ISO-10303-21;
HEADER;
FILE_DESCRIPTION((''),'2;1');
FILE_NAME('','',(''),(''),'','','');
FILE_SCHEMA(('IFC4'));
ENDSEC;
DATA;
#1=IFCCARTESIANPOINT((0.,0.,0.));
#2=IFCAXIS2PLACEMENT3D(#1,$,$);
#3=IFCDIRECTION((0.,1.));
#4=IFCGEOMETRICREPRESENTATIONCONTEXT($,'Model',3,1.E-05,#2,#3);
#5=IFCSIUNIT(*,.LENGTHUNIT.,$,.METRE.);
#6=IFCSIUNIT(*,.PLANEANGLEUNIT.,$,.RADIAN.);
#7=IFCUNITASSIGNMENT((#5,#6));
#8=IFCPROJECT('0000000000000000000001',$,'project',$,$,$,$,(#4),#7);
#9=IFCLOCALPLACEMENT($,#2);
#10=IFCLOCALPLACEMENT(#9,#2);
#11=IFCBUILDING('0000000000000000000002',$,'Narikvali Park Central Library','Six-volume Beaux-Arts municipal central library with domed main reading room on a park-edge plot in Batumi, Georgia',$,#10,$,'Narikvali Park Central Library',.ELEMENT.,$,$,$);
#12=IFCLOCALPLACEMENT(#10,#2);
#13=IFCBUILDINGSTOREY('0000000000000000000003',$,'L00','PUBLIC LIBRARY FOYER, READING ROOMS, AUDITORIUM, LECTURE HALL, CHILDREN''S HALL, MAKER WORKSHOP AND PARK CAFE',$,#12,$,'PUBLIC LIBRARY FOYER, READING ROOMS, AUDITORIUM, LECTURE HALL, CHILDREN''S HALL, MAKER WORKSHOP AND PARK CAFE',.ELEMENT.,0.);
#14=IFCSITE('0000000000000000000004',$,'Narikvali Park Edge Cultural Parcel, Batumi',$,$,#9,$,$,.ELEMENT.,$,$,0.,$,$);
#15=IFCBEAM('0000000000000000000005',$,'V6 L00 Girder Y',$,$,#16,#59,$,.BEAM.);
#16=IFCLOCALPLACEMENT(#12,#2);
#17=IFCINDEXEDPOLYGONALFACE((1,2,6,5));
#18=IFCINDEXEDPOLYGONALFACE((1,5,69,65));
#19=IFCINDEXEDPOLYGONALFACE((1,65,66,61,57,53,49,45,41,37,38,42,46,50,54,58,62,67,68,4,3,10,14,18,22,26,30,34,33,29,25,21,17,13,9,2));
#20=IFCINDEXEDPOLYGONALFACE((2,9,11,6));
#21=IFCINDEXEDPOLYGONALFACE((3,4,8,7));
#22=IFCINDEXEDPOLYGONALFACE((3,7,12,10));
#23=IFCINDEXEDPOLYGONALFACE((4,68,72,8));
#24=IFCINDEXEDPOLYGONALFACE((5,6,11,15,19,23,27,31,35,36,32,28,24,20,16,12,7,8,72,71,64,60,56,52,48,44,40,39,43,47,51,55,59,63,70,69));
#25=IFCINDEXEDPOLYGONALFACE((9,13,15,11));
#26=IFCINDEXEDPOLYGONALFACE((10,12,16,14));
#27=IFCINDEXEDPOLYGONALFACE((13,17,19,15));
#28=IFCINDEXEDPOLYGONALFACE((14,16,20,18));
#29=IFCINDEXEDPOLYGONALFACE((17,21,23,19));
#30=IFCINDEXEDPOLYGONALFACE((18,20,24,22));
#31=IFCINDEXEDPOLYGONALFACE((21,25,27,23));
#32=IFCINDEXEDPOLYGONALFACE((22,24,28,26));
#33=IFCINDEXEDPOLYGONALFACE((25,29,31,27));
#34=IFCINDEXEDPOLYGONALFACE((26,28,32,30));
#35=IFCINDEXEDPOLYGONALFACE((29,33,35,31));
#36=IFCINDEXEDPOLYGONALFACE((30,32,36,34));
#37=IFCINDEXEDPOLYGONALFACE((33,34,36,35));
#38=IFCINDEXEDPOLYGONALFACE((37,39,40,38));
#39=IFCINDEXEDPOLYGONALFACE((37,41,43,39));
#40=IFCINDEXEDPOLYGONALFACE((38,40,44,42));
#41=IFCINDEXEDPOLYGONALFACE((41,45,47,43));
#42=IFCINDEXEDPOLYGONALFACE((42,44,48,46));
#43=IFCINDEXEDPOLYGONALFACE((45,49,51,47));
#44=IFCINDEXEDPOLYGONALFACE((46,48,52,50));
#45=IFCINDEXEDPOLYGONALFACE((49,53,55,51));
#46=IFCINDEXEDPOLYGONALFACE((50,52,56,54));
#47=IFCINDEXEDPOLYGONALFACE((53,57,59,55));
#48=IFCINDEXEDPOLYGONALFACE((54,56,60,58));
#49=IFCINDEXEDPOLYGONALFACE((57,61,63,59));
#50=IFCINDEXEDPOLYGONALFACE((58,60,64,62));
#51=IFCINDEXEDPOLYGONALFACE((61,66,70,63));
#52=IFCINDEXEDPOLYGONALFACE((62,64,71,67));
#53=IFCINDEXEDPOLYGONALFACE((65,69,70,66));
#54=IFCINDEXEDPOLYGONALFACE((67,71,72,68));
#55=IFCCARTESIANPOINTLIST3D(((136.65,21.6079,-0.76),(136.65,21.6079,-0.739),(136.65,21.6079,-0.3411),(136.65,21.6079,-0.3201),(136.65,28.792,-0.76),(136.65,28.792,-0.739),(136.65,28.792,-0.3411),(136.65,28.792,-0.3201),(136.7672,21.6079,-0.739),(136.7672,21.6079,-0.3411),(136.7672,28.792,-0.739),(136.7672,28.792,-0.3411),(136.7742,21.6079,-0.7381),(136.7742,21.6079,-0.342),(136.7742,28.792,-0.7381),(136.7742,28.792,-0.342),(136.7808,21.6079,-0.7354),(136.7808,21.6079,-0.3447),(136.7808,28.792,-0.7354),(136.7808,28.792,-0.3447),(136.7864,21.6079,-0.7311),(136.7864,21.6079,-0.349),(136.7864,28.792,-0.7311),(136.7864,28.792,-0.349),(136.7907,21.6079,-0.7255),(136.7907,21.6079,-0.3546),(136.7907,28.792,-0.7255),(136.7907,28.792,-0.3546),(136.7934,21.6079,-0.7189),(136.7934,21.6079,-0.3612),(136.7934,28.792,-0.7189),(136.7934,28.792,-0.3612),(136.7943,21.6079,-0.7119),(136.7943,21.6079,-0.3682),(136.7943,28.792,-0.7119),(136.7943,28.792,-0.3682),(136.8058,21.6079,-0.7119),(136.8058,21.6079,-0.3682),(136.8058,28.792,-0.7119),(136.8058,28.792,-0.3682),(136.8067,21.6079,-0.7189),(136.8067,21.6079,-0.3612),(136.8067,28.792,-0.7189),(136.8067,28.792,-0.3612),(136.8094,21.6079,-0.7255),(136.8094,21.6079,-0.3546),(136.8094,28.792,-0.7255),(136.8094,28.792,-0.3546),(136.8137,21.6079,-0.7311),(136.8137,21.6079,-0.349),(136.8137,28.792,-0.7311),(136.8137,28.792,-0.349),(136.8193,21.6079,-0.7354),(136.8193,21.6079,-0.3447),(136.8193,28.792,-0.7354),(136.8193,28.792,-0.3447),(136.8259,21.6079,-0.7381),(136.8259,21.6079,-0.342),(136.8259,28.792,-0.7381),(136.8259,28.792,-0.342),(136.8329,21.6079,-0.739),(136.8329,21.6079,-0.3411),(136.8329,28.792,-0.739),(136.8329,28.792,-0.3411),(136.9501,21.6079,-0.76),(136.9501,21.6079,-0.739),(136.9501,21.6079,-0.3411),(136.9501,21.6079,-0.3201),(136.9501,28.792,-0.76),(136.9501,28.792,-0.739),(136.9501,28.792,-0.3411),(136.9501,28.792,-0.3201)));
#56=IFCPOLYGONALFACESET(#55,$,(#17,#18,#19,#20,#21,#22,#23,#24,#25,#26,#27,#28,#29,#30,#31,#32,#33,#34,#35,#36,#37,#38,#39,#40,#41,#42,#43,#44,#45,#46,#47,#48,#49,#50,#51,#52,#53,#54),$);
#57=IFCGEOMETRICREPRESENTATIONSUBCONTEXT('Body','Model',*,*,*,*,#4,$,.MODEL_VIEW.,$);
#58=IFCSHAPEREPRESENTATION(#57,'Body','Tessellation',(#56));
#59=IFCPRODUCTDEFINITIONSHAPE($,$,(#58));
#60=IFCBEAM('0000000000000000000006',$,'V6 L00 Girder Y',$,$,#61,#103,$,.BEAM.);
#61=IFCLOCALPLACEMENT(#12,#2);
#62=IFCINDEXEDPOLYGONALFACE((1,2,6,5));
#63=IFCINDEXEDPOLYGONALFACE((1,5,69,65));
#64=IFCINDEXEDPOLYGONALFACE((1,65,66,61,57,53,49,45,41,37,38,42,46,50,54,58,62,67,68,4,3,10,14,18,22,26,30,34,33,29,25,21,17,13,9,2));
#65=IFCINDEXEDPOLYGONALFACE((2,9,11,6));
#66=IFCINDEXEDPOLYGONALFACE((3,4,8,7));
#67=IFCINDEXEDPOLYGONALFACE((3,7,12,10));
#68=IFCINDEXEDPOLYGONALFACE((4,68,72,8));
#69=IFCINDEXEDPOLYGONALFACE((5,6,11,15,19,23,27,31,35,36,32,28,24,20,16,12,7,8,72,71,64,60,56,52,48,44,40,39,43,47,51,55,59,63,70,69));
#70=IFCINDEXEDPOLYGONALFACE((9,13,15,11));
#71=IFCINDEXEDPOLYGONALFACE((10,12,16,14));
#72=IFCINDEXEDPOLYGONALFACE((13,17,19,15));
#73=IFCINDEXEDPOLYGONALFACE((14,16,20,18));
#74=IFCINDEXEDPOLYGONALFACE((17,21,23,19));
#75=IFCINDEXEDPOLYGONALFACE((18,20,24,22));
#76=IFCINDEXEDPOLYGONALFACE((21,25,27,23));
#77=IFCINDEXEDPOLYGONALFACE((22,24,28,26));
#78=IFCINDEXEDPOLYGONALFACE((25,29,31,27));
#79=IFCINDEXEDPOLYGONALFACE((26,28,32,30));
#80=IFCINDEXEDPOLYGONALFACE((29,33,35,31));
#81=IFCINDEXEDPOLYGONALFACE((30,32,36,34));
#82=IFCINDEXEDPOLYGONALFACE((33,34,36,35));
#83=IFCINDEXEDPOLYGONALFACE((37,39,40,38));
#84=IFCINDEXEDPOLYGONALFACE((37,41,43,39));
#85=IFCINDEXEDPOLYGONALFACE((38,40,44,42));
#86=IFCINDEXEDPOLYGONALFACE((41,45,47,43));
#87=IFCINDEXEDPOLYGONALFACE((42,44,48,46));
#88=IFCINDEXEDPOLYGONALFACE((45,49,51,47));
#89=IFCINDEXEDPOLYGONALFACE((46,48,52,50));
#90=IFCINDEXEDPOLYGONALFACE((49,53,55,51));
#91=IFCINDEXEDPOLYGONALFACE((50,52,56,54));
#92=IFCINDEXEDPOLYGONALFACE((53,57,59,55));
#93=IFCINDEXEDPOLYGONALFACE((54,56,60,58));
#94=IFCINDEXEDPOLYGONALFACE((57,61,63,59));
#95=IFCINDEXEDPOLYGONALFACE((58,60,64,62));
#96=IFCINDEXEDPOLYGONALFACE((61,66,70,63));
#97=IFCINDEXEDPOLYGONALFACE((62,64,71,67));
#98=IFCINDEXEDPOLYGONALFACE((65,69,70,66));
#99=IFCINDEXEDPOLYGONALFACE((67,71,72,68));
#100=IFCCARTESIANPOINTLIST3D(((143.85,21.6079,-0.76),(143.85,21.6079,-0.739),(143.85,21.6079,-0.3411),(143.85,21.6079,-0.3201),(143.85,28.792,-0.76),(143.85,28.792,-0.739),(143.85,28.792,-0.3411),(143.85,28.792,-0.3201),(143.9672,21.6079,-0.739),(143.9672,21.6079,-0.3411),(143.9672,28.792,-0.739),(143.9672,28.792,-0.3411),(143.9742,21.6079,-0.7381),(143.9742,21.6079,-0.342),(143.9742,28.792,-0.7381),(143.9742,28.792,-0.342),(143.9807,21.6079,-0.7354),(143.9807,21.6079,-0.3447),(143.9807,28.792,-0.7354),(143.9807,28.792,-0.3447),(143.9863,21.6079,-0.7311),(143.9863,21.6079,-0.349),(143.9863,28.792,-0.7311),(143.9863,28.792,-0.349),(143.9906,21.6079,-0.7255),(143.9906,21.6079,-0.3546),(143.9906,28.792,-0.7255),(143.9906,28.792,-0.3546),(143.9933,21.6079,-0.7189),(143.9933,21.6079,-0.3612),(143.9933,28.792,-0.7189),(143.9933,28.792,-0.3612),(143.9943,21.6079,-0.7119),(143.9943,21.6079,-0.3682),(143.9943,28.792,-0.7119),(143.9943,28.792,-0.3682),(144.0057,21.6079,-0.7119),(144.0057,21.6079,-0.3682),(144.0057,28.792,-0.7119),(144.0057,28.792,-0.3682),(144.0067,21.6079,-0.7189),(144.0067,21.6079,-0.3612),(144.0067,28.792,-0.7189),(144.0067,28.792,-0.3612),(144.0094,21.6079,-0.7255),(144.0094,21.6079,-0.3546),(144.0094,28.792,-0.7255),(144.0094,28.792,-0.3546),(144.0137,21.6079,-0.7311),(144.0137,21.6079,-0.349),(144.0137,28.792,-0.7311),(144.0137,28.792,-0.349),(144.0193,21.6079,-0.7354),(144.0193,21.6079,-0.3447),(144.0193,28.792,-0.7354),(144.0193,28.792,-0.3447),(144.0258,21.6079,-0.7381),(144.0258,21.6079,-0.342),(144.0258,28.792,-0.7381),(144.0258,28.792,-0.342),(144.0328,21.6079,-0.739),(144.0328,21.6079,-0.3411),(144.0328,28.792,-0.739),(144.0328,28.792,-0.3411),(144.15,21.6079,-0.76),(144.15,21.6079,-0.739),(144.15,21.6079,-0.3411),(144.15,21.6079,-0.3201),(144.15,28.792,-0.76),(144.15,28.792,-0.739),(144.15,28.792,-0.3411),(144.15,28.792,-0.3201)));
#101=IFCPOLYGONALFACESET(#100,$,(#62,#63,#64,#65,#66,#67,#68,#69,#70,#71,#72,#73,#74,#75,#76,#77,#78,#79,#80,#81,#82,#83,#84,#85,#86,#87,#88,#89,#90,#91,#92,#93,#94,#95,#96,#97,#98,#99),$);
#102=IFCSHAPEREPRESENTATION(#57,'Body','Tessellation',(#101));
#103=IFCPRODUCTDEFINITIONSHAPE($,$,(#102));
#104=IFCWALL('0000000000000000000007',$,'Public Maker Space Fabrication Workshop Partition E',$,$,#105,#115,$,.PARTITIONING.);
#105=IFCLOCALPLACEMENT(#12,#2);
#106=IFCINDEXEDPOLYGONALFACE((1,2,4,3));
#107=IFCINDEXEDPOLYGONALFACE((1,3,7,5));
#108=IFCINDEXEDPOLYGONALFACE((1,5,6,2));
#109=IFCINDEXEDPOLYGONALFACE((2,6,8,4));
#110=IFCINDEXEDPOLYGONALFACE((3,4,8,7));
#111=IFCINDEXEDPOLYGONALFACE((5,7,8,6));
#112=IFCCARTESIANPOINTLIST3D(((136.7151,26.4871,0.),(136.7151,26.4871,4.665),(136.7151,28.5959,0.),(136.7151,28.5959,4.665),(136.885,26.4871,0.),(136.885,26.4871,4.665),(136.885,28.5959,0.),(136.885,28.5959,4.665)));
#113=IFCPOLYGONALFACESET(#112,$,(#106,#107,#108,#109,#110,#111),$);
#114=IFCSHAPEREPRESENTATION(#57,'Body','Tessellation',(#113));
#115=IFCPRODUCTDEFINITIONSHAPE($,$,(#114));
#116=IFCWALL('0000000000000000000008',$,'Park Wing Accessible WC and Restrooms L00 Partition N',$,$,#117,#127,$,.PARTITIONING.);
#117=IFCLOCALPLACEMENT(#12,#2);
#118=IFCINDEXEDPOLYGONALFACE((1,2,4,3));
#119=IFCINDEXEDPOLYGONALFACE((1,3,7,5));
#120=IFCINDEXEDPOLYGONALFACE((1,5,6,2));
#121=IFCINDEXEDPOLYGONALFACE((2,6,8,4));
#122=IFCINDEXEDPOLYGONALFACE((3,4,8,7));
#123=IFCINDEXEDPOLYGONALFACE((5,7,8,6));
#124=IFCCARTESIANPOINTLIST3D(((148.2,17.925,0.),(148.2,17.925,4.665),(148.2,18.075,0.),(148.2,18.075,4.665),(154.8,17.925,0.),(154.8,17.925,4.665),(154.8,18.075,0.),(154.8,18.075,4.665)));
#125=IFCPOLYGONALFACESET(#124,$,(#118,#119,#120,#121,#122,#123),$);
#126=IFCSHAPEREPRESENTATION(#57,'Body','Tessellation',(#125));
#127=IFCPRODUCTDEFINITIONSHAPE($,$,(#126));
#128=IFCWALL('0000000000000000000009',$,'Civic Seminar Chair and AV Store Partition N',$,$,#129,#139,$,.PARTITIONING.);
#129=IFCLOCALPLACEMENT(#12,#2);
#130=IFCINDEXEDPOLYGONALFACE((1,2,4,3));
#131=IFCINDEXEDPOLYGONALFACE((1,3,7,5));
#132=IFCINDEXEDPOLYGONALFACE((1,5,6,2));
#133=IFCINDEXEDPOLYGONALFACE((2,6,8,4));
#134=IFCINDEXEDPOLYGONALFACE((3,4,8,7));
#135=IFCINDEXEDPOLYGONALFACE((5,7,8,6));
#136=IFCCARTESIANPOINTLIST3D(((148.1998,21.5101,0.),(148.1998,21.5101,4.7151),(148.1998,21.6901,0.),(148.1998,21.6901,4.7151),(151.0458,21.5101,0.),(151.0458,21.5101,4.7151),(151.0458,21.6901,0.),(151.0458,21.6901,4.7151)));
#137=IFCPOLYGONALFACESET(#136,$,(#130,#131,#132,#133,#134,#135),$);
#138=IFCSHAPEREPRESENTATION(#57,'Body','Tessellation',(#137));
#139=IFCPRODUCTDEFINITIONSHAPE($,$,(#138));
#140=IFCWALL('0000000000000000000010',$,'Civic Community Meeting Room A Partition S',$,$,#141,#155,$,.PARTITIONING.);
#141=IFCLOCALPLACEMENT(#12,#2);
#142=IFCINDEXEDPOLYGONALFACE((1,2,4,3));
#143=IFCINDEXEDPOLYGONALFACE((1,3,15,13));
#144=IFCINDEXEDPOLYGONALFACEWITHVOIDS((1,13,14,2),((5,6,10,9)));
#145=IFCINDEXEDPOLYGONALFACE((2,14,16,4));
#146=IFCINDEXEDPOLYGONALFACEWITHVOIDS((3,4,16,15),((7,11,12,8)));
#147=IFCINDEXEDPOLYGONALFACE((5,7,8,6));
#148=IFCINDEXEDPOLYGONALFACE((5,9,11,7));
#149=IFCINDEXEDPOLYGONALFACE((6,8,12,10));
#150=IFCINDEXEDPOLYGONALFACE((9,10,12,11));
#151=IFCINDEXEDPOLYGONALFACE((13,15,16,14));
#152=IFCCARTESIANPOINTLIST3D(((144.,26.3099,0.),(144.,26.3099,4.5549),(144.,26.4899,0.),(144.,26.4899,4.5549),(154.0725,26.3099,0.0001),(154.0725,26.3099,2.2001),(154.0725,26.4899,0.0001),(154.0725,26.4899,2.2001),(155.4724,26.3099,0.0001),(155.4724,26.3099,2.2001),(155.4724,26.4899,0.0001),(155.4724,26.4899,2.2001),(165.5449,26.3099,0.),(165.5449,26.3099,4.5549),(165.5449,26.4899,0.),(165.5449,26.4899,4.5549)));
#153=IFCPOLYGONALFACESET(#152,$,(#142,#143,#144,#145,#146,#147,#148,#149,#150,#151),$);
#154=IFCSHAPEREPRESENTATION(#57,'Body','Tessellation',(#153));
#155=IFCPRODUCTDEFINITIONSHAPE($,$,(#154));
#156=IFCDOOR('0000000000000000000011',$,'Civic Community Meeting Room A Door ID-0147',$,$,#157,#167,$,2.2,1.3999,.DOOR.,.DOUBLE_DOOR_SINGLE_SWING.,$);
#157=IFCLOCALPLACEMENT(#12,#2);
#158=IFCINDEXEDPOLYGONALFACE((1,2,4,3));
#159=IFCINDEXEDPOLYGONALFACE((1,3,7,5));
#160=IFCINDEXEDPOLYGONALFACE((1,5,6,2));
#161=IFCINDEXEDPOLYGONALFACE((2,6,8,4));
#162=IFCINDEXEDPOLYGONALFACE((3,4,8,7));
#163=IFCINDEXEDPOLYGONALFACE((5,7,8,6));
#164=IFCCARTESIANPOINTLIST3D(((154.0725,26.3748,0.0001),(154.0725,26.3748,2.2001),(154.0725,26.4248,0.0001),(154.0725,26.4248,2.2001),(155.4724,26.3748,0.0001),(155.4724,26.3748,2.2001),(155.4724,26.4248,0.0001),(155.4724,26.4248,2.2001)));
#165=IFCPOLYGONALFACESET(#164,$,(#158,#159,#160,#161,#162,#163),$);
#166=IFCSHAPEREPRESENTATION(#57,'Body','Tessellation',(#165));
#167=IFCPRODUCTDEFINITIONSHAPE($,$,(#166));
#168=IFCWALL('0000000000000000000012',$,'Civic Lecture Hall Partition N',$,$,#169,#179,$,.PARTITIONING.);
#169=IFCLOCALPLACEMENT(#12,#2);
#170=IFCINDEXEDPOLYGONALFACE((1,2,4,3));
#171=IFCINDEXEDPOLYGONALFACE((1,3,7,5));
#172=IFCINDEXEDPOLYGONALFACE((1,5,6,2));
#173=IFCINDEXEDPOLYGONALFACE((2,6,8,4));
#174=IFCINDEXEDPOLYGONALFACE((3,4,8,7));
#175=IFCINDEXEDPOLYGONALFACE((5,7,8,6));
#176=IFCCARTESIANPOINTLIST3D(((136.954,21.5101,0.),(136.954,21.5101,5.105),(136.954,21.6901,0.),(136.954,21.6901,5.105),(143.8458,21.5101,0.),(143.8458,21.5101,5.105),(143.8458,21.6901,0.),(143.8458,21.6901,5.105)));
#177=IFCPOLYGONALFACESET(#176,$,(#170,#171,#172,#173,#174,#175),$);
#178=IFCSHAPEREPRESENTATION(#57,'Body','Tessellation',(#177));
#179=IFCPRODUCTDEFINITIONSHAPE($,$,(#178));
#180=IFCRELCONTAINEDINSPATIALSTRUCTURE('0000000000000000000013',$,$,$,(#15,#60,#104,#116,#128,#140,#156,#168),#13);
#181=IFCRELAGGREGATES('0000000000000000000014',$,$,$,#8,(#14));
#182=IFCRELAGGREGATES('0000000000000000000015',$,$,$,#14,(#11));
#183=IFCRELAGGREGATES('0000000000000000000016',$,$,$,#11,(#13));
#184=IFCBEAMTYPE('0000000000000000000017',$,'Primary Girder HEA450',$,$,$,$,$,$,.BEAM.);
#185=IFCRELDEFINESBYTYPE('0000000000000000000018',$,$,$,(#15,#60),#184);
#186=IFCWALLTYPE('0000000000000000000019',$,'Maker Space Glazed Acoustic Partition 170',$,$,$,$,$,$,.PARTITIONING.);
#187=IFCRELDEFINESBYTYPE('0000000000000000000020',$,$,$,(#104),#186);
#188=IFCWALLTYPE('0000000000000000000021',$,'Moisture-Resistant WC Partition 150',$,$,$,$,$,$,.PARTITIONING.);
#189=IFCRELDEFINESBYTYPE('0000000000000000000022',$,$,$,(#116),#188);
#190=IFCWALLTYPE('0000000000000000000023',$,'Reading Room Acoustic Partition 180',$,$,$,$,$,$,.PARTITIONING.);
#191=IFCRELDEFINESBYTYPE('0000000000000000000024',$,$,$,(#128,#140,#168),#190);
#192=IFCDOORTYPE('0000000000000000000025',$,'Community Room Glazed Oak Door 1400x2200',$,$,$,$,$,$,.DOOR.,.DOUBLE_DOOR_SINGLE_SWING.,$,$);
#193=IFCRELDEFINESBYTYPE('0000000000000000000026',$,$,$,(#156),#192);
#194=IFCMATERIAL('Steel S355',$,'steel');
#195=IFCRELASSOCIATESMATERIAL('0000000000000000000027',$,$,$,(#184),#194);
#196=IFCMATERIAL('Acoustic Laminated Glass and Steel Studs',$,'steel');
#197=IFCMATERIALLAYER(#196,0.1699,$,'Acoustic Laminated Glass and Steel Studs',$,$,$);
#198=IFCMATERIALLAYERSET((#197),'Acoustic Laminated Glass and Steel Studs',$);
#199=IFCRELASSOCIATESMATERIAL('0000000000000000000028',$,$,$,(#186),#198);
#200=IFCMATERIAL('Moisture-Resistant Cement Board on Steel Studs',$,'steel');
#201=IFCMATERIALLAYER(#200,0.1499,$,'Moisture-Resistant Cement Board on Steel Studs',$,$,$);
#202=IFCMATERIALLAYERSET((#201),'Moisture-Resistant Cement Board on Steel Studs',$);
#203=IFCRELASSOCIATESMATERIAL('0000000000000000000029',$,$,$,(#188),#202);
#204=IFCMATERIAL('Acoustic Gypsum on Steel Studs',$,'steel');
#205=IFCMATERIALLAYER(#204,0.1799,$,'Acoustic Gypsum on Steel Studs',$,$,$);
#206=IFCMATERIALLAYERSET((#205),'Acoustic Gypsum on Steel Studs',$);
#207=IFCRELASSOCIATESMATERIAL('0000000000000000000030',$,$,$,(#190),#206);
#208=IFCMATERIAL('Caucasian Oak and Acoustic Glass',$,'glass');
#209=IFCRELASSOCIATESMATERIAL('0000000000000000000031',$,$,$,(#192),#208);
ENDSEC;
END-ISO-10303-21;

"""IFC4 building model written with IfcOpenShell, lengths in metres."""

from ifc_helpers import new_model, si_unit, direction, frame, frame_2d, origin, origin_2d, place, context, subcontext, project, spatial, rectangle, i_section, extrude, material, layer, layer_set, material_profile, profile_set, type_object, element, fill, save


model = new_model("IFC4")

# Units and contexts
model_context = context("Model", 3, precision=1e-05, world=origin(), true_north=direction((0.0, 1.0)))
body_context = subcontext(model_context, "Body", "Model", "MODEL_VIEW")
ifc_project = project(units=[si_unit("LENGTHUNIT", "METRE"), si_unit("PLANEANGLEUNIT", "RADIAN")], contexts=[model_context])

# Site, building, storey
site_placement = place(None, origin())
site = spatial("IfcSite", under=ifc_project, at=site_placement, Name="Narikvali Park Edge Cultural Parcel, Batumi", CompositionType="ELEMENT", RefElevation=0.0)
building_placement = place(site_placement, origin())
building = spatial("IfcBuilding", under=site, at=building_placement, Name="Narikvali Park Central Library", Description="Six-volume Beaux-Arts municipal central library with domed main reading room on a park-edge plot in Batumi, Georgia", LongName="Narikvali Park Central Library", CompositionType="ELEMENT")
storey_placement = place(building_placement, origin())
storey = spatial("IfcBuildingStorey", under=building, at=storey_placement, Name="L00", Description="PUBLIC LIBRARY FOYER, READING ROOMS, AUDITORIUM, LECTURE HALL, CHILDREN'S HALL, MAKER WORKSHOP AND PARK CAFE", LongName="PUBLIC LIBRARY FOYER, READING ROOMS, AUDITORIUM, LECTURE HALL, CHILDREN'S HALL, MAKER WORKSHOP AND PARK CAFE", CompositionType="ELEMENT", Elevation=0.0)

# Shared definitions
ifc_material_1 = material(Name="Steel S355", Category="steel")

# Beams
ifc_material_profile_1 = material_profile(ifc_material_1, i_section(OverallWidth=0.3, OverallDepth=0.4399, WebThickness=0.0115, FlangeThickness=0.021, FilletRadius=0.0271, at=origin_2d()), Name="HEA 450")
ifc_profile_set_1 = profile_set([ifc_material_profile_1], Name="Steel S355")
beam_type_1 = type_object("IfcBeamType", Name="Primary Girder HEA450", PredefinedType="BEAM", material=ifc_profile_set_1)
for number, where, z_axis, x_axis, name in (
    (1, (136.8, 21.6079, -0.54), (0.0, 1.0, 0.0), (-1.0, 0.0, 0.0), "V6 L00 Girder Y"),
    (2, (144.0, 21.6079, -0.54), (0.0, 1.0, 0.0), (-1.0, 0.0, 0.0), "V6 L00 Girder Y"),
):
    element("IfcBeam", number, at=place(storey_placement, frame(where, z_axis=z_axis, x_axis=x_axis)), inside=storey, type_object=beam_type_1, Name=name, PredefinedType="BEAM", context=body_context, shape_type="SweptSolid", body=[
        extrude(i_section(OverallWidth=0.3, OverallDepth=0.4399, WebThickness=0.0115, FlangeThickness=0.021, FilletRadius=0.0271, at=origin_2d()), origin(), (0.0, 0.0, 1.0), 7.1841),
    ])

# Walls
ifc_material_2 = material(Name="Acoustic Laminated Glass and Steel Studs", Category="steel")
ifc_layer_1 = layer(ifc_material_2, 0.1699, Name="Acoustic Laminated Glass and Steel Studs")
ifc_layer_set_1 = layer_set([ifc_layer_1], Name="Acoustic Laminated Glass and Steel Studs")
wall_type_1 = type_object("IfcWallType", Name="Maker Space Glazed Acoustic Partition 170", PredefinedType="PARTITIONING", material=ifc_layer_set_1)
wall_1_placement = place(storey_placement, frame((136.8, 26.4871, 0.0), z_axis=(0.0, 0.0, 1.0), x_axis=(0.0, 1.0, 0.0)))
element("IfcWall", 3, at=wall_1_placement, inside=storey, type_object=wall_type_1, Name="Public Maker Space Fabrication Workshop Partition E", PredefinedType="PARTITIONING", context=body_context, shape_type="SweptSolid", body=[
    extrude(rectangle(XDim=2.1089, YDim=0.1699, at=frame_2d((1.0544, 0.0))), origin(), (0.0, 0.0, 1.0), 4.665),
])
ifc_material_3 = material(Name="Moisture-Resistant Cement Board on Steel Studs", Category="steel")
ifc_layer_2 = layer(ifc_material_3, 0.1499, Name="Moisture-Resistant Cement Board on Steel Studs")
ifc_layer_set_2 = layer_set([ifc_layer_2], Name="Moisture-Resistant Cement Board on Steel Studs")
wall_type_2 = type_object("IfcWallType", Name="Moisture-Resistant WC Partition 150", PredefinedType="PARTITIONING", material=ifc_layer_set_2)
wall_2_placement = place(storey_placement, frame((148.2, 18.0, 0.0), z_axis=(0.0, 0.0, 1.0), x_axis=(1.0, 0.0, 0.0)))
element("IfcWall", 4, at=wall_2_placement, inside=storey, type_object=wall_type_2, Name="Park Wing Accessible WC and Restrooms L00 Partition N", PredefinedType="PARTITIONING", context=body_context, shape_type="SweptSolid", body=[
    extrude(rectangle(XDim=6.6001, YDim=0.1499, at=frame_2d((3.3, 0.0))), origin(), (0.0, 0.0, 1.0), 4.665),
])
ifc_material_4 = material(Name="Acoustic Gypsum on Steel Studs", Category="steel")
ifc_layer_3 = layer(ifc_material_4, 0.1799, Name="Acoustic Gypsum on Steel Studs")
ifc_layer_set_3 = layer_set([ifc_layer_3], Name="Acoustic Gypsum on Steel Studs")
wall_type_3 = type_object("IfcWallType", Name="Reading Room Acoustic Partition 180", PredefinedType="PARTITIONING", material=ifc_layer_set_3)
wall_3_placement = place(storey_placement, frame((148.2, 21.6001, 0.0), z_axis=(0.0, 0.0, 1.0), x_axis=(1.0, 0.0, 0.0)))
element("IfcWall", 5, at=wall_3_placement, inside=storey, type_object=wall_type_3, Name="Civic Seminar Chair and AV Store Partition N", PredefinedType="PARTITIONING", context=body_context, shape_type="SweptSolid", body=[
    extrude(rectangle(XDim=2.8459, YDim=0.1799, at=frame_2d((1.4229, 0.0))), origin(), (0.0, 0.0, 1.0), 4.7151),
])

# Wall, opening, door
wall_4_placement = place(storey_placement, frame((144.0, 26.3999, 0.0), z_axis=(0.0, 0.0, 1.0), x_axis=(1.0, 0.0, 0.0)))
wall_4 = element("IfcWall", 6, at=wall_4_placement, inside=storey, type_object=wall_type_3, Name="Civic Community Meeting Room A Partition S", PredefinedType="PARTITIONING", context=body_context, shape_type="SweptSolid", body=[
    extrude(rectangle(XDim=21.5449, YDim=0.1799, at=frame_2d((10.7725, 0.0))), origin(), (0.0, 0.0, 1.0), 4.5549),
])
opening_1_placement = place(wall_4_placement, frame((10.0725, 0.0, 0.0)))
opening_1 = element("IfcOpeningElement", 7, at=opening_1_placement, cuts=wall_4, PredefinedType="OPENING", context=body_context, shape_type="SweptSolid", body=[
    extrude(rectangle(XDim=1.3999, YDim=2.2, at=frame_2d((0.7, 1.1001))), frame((0.0, 0.1021, 0.0), z_axis=(0.0, -1.0, 0.0), x_axis=(1.0, 0.0, 0.0)), (0.0, 0.0, 1.0), 0.2039),
])
ifc_material_5 = material(Name="Caucasian Oak and Acoustic Glass", Category="glass")
door_type_1 = type_object("IfcDoorType", Name="Community Room Glazed Oak Door 1400x2200", OperationType="DOUBLE_DOOR_SINGLE_SWING", PredefinedType="DOOR", material=ifc_material_5)
door_1_placement = place(opening_1_placement, origin())
door_1 = element("IfcDoor", 8, at=door_1_placement, inside=storey, type_object=door_type_1, Name="Civic Community Meeting Room A Door ID-0147", OperationType="DOUBLE_DOOR_SINGLE_SWING", OverallHeight=2.2, OverallWidth=1.3999, PredefinedType="DOOR", context=body_context, shape_type="SweptSolid", body=[
    extrude(rectangle(XDim=1.3999, YDim=2.2, at=frame_2d((0.7, 1.1001))), frame((0.0, 0.0249, 0.0), z_axis=(0.0, -1.0, 0.0), x_axis=(1.0, 0.0, 0.0)), (0.0, 0.0, 1.0), 0.05),
])
fill(opening_1, door_1)

# Wall
wall_5_placement = place(storey_placement, frame((136.9541, 21.6001, 0.0), z_axis=(0.0, 0.0, 1.0), x_axis=(1.0, 0.0, 0.0)))
element("IfcWall", 9, at=wall_5_placement, inside=storey, type_object=wall_type_3, Name="Civic Lecture Hall Partition N", PredefinedType="PARTITIONING", context=body_context, shape_type="SweptSolid", body=[
    extrude(rectangle(XDim=6.8918, YDim=0.1799, at=frame_2d((3.4458, 0.0))), origin(), (0.0, 0.0, 1.0), 5.105),
])

save(model, "model.ifc")
